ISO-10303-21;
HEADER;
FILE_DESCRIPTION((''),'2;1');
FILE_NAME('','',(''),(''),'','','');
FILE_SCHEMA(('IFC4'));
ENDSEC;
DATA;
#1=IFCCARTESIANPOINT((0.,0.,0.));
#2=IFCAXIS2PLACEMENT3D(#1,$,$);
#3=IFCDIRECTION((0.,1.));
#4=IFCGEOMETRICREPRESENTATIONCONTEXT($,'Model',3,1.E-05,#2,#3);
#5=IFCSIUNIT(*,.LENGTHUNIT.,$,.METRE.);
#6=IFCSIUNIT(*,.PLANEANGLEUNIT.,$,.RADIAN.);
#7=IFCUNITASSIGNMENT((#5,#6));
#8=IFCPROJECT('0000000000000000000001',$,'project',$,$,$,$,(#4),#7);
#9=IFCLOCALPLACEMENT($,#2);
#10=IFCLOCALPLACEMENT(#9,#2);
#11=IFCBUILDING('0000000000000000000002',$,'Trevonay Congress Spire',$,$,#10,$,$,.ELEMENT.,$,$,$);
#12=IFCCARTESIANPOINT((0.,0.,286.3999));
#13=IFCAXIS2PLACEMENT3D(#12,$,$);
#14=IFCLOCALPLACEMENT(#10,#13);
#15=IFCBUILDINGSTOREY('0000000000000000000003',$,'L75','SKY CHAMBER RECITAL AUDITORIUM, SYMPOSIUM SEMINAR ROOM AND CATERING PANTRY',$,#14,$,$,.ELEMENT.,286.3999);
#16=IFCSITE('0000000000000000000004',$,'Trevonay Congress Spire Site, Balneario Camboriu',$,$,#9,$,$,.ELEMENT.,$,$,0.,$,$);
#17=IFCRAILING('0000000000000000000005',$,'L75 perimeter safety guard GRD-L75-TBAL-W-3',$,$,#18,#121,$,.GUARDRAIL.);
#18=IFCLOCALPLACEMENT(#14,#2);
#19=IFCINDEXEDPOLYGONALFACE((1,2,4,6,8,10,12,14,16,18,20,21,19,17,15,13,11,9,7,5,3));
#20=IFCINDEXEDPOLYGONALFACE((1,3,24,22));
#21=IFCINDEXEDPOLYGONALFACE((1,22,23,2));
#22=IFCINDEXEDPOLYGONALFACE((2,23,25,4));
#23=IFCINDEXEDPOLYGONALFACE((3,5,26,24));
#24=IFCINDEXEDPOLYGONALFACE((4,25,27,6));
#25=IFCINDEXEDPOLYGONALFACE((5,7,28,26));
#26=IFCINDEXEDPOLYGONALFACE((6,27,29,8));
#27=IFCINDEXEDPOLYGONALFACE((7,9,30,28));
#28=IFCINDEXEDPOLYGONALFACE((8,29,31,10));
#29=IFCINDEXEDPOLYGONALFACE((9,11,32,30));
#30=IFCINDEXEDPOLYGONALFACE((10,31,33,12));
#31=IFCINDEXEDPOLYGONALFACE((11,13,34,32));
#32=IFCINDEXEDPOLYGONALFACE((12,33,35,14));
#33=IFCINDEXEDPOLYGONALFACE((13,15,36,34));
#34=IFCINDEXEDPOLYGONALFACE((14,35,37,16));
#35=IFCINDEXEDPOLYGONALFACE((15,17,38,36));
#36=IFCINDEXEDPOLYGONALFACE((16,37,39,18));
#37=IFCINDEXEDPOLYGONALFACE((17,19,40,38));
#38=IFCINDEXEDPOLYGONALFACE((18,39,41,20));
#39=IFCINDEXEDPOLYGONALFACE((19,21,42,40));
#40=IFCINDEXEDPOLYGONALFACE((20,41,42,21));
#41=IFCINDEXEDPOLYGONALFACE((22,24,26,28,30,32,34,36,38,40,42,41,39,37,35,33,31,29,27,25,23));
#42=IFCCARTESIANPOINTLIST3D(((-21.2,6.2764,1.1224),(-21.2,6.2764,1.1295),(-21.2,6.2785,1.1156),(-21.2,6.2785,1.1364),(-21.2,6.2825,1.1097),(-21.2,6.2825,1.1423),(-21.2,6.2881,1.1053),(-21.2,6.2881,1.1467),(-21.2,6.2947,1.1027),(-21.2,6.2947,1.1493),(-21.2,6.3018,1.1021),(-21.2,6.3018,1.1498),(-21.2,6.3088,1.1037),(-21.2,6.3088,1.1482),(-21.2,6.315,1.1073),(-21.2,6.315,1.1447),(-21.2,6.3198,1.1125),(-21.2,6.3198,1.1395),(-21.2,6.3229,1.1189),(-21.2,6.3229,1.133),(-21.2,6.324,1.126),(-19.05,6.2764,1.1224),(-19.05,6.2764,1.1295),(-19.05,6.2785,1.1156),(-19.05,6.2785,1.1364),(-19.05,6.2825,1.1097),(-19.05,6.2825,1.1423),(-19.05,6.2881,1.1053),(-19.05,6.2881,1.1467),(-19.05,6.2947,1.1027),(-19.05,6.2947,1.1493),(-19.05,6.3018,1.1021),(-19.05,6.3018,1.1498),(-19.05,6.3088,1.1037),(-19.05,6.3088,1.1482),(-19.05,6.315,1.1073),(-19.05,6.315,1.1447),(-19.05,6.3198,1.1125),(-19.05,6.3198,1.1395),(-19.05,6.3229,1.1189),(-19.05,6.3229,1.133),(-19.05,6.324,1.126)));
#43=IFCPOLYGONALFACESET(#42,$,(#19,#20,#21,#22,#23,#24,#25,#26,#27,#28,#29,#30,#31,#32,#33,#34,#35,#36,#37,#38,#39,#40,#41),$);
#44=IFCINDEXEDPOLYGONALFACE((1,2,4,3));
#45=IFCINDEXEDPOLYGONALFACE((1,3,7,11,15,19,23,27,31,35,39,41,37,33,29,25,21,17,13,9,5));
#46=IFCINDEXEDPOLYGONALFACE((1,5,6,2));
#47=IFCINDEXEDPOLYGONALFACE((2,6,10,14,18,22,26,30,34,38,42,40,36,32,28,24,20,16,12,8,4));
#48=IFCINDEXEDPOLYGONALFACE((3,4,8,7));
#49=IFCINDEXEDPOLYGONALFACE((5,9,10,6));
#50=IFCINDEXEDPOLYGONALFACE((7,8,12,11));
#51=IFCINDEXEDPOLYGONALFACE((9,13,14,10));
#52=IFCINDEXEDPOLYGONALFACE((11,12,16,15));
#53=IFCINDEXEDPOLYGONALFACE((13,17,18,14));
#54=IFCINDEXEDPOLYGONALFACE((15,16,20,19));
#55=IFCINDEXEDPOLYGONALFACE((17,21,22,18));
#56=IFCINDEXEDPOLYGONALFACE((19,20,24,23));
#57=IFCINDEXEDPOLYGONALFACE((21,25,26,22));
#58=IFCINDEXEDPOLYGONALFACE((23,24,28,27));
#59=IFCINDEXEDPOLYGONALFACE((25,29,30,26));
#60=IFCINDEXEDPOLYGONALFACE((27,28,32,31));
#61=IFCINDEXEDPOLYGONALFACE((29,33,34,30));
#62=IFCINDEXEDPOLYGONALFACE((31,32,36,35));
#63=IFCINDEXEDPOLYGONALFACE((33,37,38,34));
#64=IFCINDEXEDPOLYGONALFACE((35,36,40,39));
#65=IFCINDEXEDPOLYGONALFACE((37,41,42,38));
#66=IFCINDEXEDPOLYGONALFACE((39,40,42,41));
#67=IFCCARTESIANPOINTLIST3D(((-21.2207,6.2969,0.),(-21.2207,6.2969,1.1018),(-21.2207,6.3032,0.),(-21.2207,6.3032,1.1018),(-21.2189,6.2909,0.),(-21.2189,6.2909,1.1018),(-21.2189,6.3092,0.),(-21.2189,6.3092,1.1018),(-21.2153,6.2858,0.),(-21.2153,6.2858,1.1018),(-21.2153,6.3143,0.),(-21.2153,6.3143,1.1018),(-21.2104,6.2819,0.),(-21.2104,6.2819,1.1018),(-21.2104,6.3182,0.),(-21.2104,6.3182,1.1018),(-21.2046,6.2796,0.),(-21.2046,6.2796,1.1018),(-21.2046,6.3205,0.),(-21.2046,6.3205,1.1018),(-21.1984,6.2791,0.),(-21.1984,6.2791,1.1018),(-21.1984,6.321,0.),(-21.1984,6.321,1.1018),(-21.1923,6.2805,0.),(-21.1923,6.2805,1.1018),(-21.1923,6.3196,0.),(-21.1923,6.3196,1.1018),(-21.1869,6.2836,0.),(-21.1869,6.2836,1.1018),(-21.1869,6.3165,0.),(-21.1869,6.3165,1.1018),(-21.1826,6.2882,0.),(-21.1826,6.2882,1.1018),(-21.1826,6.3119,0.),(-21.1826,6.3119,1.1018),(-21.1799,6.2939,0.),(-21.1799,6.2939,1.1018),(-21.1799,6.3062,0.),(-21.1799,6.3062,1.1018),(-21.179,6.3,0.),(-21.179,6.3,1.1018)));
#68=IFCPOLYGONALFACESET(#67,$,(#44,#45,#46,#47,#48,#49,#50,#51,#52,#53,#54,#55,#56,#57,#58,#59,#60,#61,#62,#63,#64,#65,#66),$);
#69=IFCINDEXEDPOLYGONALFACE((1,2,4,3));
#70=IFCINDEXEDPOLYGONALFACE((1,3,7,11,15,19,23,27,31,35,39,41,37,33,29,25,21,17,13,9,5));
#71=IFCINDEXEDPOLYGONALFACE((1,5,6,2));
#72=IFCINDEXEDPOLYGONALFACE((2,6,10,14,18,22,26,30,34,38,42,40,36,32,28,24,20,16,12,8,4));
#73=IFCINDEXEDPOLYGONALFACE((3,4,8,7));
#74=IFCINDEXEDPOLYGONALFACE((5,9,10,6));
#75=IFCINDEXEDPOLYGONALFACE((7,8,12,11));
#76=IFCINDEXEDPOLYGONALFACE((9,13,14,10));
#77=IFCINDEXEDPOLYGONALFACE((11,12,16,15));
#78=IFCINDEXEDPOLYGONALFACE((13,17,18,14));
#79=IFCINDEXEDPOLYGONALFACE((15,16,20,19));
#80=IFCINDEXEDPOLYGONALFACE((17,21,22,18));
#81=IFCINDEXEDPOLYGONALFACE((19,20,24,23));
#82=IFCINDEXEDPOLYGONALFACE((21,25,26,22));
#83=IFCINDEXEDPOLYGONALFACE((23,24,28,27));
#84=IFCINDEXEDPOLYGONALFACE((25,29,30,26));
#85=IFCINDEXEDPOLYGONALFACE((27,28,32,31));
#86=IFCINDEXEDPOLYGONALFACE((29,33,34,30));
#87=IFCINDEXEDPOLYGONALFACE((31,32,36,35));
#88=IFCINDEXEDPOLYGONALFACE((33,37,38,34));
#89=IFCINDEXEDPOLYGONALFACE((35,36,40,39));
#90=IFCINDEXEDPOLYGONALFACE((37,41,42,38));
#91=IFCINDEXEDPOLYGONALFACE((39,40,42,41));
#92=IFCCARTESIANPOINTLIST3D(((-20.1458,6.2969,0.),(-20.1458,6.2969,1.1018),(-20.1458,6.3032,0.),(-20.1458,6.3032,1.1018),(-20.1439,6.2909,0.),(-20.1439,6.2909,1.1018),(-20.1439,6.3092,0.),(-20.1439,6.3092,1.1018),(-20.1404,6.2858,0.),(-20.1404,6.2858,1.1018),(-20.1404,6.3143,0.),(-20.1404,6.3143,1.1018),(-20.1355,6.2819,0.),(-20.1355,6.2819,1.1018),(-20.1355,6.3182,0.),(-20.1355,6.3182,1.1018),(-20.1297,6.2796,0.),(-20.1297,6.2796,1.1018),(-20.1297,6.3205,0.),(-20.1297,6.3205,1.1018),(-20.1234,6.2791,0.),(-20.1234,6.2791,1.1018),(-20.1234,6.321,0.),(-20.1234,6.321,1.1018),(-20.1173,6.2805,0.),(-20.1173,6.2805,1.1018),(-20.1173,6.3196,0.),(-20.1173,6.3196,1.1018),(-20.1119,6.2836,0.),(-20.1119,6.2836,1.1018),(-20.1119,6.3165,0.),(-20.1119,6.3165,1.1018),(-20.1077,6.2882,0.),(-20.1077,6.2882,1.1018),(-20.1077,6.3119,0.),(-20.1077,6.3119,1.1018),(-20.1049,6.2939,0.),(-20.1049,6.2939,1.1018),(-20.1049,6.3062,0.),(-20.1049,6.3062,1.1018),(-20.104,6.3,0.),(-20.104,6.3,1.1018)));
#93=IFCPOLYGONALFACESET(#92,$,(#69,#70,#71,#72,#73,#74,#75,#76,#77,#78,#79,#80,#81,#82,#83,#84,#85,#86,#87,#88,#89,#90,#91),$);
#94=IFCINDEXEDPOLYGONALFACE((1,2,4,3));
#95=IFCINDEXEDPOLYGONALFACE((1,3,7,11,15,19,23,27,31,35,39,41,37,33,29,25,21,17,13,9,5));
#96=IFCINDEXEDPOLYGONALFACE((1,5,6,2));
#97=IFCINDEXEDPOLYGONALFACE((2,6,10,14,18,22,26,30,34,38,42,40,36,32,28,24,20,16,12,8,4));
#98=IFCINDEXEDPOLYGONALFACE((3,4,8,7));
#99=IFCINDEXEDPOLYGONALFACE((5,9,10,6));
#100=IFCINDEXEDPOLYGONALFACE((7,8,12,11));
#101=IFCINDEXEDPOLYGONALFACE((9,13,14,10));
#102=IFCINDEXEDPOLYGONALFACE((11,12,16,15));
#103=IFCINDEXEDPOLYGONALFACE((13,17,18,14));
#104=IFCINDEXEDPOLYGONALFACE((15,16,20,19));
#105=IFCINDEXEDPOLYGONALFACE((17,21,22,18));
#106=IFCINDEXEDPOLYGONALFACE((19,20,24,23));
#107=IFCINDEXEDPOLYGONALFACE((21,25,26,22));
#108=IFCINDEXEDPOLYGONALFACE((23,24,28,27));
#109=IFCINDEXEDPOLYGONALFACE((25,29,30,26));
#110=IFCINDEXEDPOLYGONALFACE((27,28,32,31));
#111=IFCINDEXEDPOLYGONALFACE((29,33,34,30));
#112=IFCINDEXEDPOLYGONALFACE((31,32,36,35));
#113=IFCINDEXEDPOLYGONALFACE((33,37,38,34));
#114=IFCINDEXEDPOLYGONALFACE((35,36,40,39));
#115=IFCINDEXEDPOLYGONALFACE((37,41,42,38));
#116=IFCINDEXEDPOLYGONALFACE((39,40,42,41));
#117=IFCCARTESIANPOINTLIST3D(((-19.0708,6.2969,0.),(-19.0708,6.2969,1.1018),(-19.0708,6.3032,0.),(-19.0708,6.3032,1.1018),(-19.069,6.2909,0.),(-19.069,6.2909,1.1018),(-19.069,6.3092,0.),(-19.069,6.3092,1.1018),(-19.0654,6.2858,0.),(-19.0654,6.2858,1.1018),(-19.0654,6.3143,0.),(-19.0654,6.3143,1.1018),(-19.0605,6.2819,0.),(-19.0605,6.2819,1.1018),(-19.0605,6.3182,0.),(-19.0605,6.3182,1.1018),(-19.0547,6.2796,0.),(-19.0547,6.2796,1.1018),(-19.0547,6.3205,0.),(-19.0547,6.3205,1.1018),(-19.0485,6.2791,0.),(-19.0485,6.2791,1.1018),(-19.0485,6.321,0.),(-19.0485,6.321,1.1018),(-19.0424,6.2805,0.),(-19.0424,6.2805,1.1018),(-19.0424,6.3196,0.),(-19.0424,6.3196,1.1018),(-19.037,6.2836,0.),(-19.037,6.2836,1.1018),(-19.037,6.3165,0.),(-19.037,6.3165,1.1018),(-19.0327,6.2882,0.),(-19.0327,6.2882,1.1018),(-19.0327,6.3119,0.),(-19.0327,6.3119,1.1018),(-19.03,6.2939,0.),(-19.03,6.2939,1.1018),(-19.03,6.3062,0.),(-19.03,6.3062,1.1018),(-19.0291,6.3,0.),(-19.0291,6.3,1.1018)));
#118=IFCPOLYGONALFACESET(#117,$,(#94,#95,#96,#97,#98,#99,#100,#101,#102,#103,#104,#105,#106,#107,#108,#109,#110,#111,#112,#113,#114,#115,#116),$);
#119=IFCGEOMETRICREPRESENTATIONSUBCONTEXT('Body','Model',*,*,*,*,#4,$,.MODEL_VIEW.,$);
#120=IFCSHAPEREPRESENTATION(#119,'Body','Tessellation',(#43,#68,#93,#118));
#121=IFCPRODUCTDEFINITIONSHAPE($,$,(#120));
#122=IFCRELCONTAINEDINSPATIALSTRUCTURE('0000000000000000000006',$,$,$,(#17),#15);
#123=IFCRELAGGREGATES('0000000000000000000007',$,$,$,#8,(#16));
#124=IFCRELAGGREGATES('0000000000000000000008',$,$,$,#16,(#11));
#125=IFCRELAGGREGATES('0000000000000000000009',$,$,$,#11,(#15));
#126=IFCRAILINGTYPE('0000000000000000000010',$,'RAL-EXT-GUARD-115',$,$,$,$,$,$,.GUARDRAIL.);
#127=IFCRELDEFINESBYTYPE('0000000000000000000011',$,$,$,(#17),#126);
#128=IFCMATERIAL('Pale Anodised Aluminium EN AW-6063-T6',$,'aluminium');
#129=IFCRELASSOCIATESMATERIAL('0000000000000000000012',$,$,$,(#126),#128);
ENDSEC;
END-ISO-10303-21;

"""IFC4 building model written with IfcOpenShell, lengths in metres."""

from ifc_helpers import new_model, si_unit, direction, frame, origin, origin_2d, place, context, subcontext, project, spatial, circle, extrude, material, type_object, element, save


model = new_model("IFC4")

# Units and contexts
model_context = context("Model", 3, precision=1e-05, world=origin(), true_north=direction((0.0, 1.0)))
body_context = subcontext(model_context, "Body", "Model", "MODEL_VIEW")
ifc_project = project(units=[si_unit("LENGTHUNIT", "METRE"), si_unit("PLANEANGLEUNIT", "RADIAN")], contexts=[model_context])

# Site, building, storey
site_placement = place(None, origin())
site = spatial("IfcSite", under=ifc_project, at=site_placement, Name="Trevonay Congress Spire Site, Balneario Camboriu", CompositionType="ELEMENT", RefElevation=0.0)
building_placement = place(site_placement, origin())
building = spatial("IfcBuilding", under=site, at=building_placement, Name="Trevonay Congress Spire", CompositionType="ELEMENT")
storey_placement = place(building_placement, frame((0.0, 0.0, 286.3999)))
storey = spatial("IfcBuildingStorey", under=building, at=storey_placement, Name="L75", Description="SKY CHAMBER RECITAL AUDITORIUM, SYMPOSIUM SEMINAR ROOM AND CATERING PANTRY", CompositionType="ELEMENT", Elevation=286.3999)

# Shared definitions
ifc_material_1 = material(Name="Pale Anodised Aluminium EN AW-6063-T6", Category="aluminium")

# Railing
railing_type = type_object("IfcRailingType", Name="RAL-EXT-GUARD-115", PredefinedType="GUARDRAIL", material=ifc_material_1)
railing_1_placement = place(storey_placement, frame((-21.2, 6.3, 0.0)))
element("IfcRailing", 1, at=railing_1_placement, inside=storey, type_object=railing_type, Name="L75 perimeter safety guard GRD-L75-TBAL-W-3", PredefinedType="GUARDRAIL", context=body_context, shape_type="SweptSolid", body=[
    extrude(circle(Radius=0.0239, at=origin_2d()), frame((0.0, 0.0, 1.126), z_axis=(1.0, 0.0, 0.0), x_axis=(0.0, 1.0, 0.0)), (0.0, 0.0, 1.0), 2.1499),
    extrude(circle(Radius=0.021, at=origin_2d()), origin(), (0.0, 0.0, 1.0), 1.1018),
    extrude(circle(Radius=0.021, at=origin_2d()), frame((1.075, 0.0, 0.0)), (0.0, 0.0, 1.0), 1.1018),
    extrude(circle(Radius=0.021, at=origin_2d()), frame((2.1499, 0.0, 0.0)), (0.0, 0.0, 1.0), 1.1018),
])

save(model, "model.ifc")
